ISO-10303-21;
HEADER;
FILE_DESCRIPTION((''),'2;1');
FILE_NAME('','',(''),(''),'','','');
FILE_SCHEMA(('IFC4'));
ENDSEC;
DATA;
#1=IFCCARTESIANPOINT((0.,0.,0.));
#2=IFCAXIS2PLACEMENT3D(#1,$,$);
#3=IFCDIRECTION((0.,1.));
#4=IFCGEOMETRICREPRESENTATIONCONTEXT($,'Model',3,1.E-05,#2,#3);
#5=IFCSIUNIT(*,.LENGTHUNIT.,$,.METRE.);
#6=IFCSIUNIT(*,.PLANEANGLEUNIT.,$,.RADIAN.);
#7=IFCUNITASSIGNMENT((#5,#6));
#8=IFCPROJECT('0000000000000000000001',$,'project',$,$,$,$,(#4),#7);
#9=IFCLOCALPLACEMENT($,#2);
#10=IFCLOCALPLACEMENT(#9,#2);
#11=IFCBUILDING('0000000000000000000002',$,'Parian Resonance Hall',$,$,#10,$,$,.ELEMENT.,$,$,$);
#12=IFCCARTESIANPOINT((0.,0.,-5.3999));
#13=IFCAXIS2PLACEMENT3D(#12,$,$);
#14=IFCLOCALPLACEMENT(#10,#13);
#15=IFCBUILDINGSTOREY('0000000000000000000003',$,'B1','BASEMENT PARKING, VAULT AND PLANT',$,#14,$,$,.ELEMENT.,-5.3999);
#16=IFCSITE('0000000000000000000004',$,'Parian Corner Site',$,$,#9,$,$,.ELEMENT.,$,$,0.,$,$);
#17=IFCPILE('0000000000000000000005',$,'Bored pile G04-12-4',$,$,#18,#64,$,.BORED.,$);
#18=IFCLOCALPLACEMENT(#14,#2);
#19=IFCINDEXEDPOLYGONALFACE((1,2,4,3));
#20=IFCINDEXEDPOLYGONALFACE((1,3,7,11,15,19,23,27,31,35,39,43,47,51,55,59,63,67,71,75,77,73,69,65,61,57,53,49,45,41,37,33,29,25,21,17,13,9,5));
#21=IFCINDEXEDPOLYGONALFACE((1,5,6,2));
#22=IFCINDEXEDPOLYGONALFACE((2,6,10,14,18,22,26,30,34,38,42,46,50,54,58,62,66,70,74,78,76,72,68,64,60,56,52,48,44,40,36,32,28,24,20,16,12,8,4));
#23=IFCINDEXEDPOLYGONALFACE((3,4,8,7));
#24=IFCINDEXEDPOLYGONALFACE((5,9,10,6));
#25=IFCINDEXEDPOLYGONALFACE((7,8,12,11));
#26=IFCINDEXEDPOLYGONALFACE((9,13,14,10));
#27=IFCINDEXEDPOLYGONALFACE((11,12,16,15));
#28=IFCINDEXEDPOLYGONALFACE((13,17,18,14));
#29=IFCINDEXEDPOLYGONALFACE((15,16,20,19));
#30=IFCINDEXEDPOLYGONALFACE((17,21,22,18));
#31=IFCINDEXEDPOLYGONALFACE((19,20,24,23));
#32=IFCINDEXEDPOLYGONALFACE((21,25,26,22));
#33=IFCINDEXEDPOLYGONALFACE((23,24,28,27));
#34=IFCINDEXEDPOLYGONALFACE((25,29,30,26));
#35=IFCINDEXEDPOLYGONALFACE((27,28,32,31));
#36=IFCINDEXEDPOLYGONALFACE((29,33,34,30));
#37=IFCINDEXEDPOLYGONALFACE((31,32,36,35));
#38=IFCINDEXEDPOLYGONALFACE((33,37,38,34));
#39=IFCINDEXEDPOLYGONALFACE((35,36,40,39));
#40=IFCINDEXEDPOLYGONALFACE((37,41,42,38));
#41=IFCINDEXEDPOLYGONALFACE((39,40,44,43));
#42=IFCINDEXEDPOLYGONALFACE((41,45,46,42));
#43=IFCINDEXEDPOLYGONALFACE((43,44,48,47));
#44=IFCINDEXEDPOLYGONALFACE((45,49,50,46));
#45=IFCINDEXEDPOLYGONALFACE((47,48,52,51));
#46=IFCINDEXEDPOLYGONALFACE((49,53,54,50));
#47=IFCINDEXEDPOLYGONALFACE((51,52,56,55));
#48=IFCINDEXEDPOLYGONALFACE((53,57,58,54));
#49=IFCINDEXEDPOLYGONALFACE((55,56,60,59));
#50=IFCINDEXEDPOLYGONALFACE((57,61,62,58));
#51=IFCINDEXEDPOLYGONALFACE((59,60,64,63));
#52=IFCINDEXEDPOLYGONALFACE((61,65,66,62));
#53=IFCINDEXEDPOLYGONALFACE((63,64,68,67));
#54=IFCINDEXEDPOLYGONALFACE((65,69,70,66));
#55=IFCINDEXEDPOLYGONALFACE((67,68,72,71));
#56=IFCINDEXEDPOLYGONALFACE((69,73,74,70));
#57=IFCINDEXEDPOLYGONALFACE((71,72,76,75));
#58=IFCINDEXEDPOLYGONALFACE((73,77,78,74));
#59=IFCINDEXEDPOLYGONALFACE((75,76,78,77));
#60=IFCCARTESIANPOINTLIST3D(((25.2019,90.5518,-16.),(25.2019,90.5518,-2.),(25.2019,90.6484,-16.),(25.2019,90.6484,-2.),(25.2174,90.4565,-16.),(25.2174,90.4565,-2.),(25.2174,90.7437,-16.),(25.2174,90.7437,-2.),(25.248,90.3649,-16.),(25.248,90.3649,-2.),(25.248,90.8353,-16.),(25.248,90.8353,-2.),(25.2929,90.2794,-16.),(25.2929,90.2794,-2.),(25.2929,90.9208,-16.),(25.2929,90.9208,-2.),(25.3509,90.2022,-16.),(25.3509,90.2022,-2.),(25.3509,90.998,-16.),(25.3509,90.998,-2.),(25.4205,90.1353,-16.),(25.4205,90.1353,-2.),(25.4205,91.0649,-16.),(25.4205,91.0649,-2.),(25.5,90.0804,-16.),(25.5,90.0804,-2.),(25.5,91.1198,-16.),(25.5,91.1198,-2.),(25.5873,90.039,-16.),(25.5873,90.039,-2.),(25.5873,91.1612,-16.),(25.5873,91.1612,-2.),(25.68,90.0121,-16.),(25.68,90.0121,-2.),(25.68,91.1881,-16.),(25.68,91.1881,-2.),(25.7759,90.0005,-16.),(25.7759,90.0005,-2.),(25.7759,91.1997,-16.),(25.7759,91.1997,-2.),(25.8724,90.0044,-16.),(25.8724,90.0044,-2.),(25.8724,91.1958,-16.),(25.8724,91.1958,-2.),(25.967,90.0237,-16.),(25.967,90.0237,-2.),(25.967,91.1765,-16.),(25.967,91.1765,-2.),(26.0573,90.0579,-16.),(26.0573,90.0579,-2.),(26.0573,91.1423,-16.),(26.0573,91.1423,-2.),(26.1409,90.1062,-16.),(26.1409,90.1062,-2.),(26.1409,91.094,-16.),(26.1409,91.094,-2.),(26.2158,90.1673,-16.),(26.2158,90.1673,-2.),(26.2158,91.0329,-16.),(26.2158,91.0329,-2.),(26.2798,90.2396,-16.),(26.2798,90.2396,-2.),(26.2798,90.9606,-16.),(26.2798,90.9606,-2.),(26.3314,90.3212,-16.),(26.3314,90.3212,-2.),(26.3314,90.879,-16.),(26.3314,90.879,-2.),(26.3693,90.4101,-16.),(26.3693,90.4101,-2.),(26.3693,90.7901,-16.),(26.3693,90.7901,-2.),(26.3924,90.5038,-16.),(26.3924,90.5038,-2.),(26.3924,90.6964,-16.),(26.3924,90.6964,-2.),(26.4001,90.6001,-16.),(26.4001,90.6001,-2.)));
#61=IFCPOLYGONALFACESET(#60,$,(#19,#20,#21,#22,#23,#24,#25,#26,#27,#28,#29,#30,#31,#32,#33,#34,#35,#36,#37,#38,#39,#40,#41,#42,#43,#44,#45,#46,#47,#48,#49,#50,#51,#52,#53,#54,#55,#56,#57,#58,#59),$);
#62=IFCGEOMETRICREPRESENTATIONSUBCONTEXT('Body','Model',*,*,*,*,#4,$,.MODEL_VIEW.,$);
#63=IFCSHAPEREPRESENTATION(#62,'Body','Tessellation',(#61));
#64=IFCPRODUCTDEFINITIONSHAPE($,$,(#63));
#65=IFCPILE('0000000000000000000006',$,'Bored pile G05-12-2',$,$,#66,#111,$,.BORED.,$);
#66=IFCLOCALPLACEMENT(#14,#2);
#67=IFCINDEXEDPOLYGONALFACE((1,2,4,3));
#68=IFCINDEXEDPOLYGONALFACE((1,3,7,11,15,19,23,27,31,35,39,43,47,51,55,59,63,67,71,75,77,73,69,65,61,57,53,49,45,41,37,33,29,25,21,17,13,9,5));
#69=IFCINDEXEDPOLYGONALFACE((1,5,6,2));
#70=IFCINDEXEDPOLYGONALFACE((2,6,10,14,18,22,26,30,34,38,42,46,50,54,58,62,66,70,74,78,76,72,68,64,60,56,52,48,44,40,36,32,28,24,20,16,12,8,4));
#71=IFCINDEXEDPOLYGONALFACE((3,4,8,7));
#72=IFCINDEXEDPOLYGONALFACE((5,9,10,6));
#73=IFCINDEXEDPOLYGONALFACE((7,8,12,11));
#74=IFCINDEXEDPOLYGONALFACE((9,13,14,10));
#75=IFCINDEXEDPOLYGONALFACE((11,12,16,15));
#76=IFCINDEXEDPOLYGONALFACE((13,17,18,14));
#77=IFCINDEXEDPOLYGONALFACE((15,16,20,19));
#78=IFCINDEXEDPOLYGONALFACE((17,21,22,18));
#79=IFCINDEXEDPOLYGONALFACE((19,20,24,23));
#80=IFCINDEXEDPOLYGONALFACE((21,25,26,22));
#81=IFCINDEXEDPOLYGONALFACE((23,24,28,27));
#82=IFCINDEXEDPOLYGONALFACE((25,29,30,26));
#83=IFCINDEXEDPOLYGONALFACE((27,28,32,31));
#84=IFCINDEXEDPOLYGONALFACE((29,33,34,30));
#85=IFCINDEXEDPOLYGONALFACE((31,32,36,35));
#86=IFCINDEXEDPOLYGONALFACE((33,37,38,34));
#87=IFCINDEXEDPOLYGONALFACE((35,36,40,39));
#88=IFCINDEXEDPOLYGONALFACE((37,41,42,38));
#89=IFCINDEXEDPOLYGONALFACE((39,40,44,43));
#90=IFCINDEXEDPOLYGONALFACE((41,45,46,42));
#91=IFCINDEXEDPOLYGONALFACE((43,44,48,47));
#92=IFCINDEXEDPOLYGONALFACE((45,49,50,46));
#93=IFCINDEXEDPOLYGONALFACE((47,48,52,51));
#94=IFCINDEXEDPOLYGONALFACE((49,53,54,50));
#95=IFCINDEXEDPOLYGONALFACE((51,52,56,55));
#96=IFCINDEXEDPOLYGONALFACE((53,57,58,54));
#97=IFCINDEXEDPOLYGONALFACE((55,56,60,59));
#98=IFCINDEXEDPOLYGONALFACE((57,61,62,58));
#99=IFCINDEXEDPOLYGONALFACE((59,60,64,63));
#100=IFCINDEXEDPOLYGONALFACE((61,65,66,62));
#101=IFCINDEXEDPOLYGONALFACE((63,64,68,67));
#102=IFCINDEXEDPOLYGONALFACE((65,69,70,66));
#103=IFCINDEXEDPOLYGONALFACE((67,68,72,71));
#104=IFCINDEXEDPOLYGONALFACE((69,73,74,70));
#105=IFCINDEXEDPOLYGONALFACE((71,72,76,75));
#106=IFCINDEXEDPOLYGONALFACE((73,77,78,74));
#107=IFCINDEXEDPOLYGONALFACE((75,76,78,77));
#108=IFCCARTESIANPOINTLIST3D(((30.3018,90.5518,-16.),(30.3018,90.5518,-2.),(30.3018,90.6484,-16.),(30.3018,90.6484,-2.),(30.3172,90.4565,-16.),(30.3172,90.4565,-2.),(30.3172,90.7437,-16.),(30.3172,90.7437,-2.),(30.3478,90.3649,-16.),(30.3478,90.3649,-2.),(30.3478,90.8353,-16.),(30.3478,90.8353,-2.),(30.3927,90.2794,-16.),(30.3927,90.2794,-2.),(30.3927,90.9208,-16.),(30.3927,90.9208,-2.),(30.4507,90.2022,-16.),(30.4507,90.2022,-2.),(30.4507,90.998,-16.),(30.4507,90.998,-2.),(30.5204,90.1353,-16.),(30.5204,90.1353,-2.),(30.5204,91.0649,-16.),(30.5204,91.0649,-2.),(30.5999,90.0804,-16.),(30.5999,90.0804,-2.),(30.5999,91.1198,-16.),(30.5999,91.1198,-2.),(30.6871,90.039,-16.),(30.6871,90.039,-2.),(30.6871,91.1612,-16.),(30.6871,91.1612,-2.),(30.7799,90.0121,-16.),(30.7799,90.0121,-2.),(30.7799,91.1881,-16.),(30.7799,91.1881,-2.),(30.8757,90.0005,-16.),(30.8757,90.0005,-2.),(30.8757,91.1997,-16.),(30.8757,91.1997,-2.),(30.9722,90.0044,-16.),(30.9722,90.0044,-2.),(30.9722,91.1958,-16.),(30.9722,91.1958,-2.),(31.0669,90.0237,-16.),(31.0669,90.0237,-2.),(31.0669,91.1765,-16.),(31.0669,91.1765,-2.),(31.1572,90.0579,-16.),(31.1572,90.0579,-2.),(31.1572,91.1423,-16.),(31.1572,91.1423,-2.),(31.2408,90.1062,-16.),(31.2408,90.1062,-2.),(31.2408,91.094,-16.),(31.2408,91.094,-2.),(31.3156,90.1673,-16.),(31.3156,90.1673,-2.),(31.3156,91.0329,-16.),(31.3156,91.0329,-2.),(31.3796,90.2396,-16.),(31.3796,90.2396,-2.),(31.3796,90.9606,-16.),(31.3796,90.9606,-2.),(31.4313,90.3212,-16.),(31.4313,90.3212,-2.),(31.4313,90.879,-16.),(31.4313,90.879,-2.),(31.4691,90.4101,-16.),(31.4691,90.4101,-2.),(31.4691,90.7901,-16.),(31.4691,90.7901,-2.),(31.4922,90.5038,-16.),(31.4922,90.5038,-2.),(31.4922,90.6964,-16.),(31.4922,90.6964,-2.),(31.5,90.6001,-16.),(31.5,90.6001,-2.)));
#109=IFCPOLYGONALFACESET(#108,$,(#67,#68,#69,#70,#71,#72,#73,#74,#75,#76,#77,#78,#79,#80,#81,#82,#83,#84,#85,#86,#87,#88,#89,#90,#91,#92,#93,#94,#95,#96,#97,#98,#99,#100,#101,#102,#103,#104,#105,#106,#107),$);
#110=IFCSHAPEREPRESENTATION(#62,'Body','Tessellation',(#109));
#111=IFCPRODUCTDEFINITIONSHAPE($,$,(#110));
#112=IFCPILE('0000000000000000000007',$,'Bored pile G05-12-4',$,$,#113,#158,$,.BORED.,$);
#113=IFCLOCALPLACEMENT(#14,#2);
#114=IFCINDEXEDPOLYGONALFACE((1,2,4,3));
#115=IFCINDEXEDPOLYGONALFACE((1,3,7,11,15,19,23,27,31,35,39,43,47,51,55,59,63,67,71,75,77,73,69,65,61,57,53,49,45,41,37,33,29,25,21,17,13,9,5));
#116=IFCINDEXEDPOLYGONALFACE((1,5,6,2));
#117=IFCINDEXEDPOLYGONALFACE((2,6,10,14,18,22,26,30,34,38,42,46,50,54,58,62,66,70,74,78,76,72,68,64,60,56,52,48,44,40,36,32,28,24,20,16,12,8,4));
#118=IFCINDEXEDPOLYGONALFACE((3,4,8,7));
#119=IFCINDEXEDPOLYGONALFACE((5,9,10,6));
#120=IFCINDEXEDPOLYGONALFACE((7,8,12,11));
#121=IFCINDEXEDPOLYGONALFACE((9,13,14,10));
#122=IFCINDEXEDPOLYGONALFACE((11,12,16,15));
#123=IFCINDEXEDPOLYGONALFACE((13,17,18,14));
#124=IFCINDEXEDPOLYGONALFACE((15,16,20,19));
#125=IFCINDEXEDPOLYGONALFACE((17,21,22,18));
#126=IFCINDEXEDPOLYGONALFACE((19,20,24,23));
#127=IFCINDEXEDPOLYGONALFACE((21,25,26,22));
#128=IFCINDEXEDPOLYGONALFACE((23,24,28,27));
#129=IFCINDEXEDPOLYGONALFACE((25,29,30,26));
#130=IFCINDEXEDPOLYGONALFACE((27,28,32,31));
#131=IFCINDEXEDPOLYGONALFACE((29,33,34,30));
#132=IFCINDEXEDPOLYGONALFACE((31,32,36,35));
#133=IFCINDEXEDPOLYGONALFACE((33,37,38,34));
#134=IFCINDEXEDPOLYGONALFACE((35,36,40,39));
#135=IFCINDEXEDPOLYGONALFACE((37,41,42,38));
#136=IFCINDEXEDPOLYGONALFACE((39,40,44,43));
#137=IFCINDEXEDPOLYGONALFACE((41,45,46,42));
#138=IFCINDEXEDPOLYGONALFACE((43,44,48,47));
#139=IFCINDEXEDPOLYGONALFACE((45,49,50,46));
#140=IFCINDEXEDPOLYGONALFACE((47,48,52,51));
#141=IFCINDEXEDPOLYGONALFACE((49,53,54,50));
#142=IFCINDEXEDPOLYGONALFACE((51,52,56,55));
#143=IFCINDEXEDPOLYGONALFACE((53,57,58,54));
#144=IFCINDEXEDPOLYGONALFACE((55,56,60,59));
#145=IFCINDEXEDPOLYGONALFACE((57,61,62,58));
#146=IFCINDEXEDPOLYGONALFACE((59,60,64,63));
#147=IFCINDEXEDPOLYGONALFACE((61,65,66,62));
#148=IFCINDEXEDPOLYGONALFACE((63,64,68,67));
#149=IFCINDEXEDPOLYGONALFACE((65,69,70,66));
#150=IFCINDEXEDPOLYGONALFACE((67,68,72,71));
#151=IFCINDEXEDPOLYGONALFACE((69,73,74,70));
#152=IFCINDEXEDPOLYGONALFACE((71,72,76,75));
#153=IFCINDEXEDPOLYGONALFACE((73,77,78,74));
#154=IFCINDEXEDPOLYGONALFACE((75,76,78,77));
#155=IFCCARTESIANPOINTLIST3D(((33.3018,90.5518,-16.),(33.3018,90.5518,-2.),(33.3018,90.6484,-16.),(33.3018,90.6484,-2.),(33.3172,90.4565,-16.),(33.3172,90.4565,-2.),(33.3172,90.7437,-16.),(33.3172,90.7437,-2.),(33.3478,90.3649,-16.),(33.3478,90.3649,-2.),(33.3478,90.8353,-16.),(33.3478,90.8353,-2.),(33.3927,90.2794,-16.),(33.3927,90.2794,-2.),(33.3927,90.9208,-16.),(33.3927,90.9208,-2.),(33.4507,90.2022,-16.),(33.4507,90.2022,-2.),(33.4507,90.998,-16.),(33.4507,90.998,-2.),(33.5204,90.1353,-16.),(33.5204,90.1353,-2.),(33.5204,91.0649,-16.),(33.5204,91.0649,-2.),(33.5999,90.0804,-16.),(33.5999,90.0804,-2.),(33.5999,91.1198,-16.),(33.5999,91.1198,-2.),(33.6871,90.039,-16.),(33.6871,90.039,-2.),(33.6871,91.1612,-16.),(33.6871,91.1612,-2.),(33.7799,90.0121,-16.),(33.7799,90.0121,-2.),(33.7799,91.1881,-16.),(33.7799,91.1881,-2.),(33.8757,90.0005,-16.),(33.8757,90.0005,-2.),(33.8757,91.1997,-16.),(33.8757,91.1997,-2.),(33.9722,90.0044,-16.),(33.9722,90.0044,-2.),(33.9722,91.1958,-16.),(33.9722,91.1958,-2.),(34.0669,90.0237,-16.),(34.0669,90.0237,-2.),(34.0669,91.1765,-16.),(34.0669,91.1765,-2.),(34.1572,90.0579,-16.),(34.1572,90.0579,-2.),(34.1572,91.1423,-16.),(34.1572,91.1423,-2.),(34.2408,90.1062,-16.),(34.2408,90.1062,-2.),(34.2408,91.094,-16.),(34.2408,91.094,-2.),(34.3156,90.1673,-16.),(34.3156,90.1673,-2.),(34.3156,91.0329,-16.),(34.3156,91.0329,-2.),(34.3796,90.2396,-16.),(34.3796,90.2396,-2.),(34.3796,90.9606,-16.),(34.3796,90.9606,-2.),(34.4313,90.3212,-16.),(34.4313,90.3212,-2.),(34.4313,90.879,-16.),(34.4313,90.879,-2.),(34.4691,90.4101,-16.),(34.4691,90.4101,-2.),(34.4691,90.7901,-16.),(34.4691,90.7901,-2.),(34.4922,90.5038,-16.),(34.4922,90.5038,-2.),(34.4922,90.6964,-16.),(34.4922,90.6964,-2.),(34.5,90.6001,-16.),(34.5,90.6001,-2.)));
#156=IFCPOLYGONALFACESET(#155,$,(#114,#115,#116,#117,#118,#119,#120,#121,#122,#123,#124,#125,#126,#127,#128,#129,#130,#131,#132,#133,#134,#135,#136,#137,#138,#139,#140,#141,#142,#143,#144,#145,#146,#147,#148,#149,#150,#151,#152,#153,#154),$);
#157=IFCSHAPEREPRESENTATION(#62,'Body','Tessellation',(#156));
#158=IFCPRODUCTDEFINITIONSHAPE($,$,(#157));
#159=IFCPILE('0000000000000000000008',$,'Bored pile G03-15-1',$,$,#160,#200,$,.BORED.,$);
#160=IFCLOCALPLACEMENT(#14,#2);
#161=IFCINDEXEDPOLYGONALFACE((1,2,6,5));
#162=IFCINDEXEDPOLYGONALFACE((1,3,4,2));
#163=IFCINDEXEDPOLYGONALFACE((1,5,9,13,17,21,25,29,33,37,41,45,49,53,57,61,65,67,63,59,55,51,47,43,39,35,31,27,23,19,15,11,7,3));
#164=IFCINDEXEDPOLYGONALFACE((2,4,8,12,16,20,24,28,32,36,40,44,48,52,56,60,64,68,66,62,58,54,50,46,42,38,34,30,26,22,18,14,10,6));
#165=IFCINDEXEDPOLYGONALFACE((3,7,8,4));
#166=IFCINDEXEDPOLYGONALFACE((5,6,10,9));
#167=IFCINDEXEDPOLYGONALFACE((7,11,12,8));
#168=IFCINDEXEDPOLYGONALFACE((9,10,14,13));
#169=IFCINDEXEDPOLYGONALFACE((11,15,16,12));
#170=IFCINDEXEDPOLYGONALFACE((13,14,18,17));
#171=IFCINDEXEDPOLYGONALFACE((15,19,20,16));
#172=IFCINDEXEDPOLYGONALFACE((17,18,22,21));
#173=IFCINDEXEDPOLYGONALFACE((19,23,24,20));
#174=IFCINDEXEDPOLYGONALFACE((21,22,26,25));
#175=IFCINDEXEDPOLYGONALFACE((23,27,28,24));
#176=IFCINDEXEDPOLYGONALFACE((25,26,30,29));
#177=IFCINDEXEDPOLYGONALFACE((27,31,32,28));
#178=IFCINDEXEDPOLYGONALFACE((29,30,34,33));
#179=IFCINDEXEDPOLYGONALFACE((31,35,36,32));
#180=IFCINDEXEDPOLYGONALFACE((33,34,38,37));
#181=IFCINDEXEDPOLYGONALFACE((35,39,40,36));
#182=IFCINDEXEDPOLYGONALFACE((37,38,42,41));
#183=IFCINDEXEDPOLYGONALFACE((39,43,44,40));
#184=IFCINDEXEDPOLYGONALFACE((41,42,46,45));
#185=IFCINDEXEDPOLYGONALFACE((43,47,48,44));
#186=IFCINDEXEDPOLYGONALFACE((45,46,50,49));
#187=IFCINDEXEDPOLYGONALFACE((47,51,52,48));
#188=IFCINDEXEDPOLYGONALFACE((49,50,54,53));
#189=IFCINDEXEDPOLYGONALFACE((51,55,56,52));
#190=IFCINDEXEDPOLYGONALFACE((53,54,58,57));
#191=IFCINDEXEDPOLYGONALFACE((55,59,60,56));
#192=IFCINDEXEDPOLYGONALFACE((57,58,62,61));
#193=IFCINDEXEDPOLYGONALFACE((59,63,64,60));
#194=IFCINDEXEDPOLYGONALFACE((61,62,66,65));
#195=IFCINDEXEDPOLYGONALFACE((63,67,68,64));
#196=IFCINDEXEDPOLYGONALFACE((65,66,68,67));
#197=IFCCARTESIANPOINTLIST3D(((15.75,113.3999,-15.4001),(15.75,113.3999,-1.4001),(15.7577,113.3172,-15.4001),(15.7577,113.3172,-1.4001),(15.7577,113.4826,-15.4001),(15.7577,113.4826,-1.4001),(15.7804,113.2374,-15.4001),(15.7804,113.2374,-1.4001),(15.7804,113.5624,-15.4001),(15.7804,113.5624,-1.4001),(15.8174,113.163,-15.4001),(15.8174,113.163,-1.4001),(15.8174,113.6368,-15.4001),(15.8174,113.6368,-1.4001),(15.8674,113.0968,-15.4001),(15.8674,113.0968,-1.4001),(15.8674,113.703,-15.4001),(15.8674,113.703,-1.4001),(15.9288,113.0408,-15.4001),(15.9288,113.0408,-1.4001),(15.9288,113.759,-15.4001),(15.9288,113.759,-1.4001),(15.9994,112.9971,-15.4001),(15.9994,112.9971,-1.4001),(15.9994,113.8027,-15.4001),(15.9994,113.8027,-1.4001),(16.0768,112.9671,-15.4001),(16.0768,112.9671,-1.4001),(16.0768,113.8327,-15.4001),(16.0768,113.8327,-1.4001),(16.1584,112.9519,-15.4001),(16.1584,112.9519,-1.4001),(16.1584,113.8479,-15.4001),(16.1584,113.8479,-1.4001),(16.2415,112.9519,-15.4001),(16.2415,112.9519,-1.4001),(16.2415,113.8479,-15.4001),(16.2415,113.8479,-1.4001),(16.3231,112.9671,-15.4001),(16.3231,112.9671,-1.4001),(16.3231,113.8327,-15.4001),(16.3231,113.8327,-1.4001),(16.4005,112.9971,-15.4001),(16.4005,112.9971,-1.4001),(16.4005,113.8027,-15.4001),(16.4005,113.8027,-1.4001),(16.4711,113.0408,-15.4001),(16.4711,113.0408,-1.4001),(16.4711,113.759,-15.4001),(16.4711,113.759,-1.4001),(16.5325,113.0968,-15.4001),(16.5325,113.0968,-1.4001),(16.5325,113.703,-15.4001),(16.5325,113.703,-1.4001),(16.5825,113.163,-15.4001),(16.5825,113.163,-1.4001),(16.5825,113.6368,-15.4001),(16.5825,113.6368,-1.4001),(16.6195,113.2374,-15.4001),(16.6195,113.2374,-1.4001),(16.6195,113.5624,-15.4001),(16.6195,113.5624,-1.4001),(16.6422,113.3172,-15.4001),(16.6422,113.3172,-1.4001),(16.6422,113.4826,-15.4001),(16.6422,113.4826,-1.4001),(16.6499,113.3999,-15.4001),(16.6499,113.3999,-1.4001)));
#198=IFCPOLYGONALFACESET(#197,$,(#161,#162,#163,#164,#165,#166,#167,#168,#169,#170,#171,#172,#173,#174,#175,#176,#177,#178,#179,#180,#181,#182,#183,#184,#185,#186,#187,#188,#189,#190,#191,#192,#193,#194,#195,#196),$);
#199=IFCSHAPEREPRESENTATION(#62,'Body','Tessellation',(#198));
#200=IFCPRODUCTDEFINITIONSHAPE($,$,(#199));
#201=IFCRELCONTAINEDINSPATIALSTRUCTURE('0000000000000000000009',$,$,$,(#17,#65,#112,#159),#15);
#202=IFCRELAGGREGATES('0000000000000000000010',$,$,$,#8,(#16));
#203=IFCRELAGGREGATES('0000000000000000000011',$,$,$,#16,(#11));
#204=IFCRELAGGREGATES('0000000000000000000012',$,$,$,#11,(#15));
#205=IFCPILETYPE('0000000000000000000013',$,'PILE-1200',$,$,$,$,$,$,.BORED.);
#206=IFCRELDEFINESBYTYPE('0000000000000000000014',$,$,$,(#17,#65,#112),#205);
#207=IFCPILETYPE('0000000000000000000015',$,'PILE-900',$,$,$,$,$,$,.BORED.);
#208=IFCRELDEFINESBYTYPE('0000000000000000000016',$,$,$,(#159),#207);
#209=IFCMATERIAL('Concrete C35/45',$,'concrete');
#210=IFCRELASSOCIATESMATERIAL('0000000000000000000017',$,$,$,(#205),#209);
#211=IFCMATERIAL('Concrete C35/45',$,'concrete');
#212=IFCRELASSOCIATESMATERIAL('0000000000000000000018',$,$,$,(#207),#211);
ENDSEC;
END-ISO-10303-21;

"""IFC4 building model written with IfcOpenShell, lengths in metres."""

from ifc_helpers import new_model, si_unit, direction, frame, origin, origin_2d, place, context, subcontext, project, spatial, circle, extrude, material, material_profile, profile_set, type_object, element, save


model = new_model("IFC4")

# Units and contexts
model_context = context("Model", 3, precision=1e-05, world=origin(), true_north=direction((0.0, 1.0)))
body_context = subcontext(model_context, "Body", "Model", "MODEL_VIEW")
ifc_project = project(units=[si_unit("LENGTHUNIT", "METRE"), si_unit("PLANEANGLEUNIT", "RADIAN")], contexts=[model_context])

# Site, building, storey
site_placement = place(None, origin())
site = spatial("IfcSite", under=ifc_project, at=site_placement, Name="Parian Corner Site", CompositionType="ELEMENT", RefElevation=0.0)
building_placement = place(site_placement, origin())
building = spatial("IfcBuilding", under=site, at=building_placement, Name="Parian Resonance Hall", CompositionType="ELEMENT")
storey_placement = place(building_placement, frame((0.0, 0.0, -5.3999)))
storey = spatial("IfcBuildingStorey", under=building, at=storey_placement, Name="B1", Description="BASEMENT PARKING, VAULT AND PLANT", CompositionType="ELEMENT", Elevation=-5.3999)

# Piles
ifc_material_1 = material(Name="Concrete C35/45", Category="concrete")
ifc_material_profile_1 = material_profile(ifc_material_1, circle(Radius=0.6001, at=origin_2d()), Name="PILE-D1200")
ifc_profile_set_1 = profile_set([ifc_material_profile_1], Name="Concrete C35/45")
pile_type_1 = type_object("IfcPileType", Name="PILE-1200", PredefinedType="BORED", material=ifc_profile_set_1)
for number, where, z_axis, x_axis, name in (
    (1, (25.8, 90.6001, -2.0), (0.0, 0.0, -1.0), (1.0, 0.0, 0.0), "Bored pile G04-12-4"),
    (2, (30.8999, 90.6001, -2.0), (0.0, 0.0, -1.0), (1.0, 0.0, 0.0), "Bored pile G05-12-2"),
    (3, (33.8999, 90.6001, -2.0), (0.0, 0.0, -1.0), (1.0, 0.0, 0.0), "Bored pile G05-12-4"),
):
    element("IfcPile", number, at=place(storey_placement, frame(where, z_axis=z_axis, x_axis=x_axis)), inside=storey, type_object=pile_type_1, Name=name, PredefinedType="BORED", context=body_context, shape_type="SweptSolid", body=[
        extrude(circle(Radius=0.6001, at=origin_2d()), origin(), (0.0, 0.0, 1.0), 14.0),
    ])
ifc_material_2 = material(Name="Concrete C35/45", Category="concrete")
ifc_material_profile_2 = material_profile(ifc_material_2, circle(Radius=0.45, at=origin_2d()), Name="PILE-D900")
ifc_profile_set_2 = profile_set([ifc_material_profile_2], Name="Concrete C35/45")
pile_type_2 = type_object("IfcPileType", Name="PILE-900", PredefinedType="BORED", material=ifc_profile_set_2)
for number, where, z_axis, x_axis, name in (
    (4, (16.2, 113.3999, -1.4001), (0.0, 0.0, -1.0), (1.0, 0.0, 0.0), "Bored pile G03-15-1"),
):
    element("IfcPile", number, at=place(storey_placement, frame(where, z_axis=z_axis, x_axis=x_axis)), inside=storey, type_object=pile_type_2, Name=name, PredefinedType="BORED", context=body_context, shape_type="SweptSolid", body=[
        extrude(circle(Radius=0.45, at=origin_2d()), origin(), (0.0, 0.0, 1.0), 14.0),
    ])

save(model, "model.ifc")
